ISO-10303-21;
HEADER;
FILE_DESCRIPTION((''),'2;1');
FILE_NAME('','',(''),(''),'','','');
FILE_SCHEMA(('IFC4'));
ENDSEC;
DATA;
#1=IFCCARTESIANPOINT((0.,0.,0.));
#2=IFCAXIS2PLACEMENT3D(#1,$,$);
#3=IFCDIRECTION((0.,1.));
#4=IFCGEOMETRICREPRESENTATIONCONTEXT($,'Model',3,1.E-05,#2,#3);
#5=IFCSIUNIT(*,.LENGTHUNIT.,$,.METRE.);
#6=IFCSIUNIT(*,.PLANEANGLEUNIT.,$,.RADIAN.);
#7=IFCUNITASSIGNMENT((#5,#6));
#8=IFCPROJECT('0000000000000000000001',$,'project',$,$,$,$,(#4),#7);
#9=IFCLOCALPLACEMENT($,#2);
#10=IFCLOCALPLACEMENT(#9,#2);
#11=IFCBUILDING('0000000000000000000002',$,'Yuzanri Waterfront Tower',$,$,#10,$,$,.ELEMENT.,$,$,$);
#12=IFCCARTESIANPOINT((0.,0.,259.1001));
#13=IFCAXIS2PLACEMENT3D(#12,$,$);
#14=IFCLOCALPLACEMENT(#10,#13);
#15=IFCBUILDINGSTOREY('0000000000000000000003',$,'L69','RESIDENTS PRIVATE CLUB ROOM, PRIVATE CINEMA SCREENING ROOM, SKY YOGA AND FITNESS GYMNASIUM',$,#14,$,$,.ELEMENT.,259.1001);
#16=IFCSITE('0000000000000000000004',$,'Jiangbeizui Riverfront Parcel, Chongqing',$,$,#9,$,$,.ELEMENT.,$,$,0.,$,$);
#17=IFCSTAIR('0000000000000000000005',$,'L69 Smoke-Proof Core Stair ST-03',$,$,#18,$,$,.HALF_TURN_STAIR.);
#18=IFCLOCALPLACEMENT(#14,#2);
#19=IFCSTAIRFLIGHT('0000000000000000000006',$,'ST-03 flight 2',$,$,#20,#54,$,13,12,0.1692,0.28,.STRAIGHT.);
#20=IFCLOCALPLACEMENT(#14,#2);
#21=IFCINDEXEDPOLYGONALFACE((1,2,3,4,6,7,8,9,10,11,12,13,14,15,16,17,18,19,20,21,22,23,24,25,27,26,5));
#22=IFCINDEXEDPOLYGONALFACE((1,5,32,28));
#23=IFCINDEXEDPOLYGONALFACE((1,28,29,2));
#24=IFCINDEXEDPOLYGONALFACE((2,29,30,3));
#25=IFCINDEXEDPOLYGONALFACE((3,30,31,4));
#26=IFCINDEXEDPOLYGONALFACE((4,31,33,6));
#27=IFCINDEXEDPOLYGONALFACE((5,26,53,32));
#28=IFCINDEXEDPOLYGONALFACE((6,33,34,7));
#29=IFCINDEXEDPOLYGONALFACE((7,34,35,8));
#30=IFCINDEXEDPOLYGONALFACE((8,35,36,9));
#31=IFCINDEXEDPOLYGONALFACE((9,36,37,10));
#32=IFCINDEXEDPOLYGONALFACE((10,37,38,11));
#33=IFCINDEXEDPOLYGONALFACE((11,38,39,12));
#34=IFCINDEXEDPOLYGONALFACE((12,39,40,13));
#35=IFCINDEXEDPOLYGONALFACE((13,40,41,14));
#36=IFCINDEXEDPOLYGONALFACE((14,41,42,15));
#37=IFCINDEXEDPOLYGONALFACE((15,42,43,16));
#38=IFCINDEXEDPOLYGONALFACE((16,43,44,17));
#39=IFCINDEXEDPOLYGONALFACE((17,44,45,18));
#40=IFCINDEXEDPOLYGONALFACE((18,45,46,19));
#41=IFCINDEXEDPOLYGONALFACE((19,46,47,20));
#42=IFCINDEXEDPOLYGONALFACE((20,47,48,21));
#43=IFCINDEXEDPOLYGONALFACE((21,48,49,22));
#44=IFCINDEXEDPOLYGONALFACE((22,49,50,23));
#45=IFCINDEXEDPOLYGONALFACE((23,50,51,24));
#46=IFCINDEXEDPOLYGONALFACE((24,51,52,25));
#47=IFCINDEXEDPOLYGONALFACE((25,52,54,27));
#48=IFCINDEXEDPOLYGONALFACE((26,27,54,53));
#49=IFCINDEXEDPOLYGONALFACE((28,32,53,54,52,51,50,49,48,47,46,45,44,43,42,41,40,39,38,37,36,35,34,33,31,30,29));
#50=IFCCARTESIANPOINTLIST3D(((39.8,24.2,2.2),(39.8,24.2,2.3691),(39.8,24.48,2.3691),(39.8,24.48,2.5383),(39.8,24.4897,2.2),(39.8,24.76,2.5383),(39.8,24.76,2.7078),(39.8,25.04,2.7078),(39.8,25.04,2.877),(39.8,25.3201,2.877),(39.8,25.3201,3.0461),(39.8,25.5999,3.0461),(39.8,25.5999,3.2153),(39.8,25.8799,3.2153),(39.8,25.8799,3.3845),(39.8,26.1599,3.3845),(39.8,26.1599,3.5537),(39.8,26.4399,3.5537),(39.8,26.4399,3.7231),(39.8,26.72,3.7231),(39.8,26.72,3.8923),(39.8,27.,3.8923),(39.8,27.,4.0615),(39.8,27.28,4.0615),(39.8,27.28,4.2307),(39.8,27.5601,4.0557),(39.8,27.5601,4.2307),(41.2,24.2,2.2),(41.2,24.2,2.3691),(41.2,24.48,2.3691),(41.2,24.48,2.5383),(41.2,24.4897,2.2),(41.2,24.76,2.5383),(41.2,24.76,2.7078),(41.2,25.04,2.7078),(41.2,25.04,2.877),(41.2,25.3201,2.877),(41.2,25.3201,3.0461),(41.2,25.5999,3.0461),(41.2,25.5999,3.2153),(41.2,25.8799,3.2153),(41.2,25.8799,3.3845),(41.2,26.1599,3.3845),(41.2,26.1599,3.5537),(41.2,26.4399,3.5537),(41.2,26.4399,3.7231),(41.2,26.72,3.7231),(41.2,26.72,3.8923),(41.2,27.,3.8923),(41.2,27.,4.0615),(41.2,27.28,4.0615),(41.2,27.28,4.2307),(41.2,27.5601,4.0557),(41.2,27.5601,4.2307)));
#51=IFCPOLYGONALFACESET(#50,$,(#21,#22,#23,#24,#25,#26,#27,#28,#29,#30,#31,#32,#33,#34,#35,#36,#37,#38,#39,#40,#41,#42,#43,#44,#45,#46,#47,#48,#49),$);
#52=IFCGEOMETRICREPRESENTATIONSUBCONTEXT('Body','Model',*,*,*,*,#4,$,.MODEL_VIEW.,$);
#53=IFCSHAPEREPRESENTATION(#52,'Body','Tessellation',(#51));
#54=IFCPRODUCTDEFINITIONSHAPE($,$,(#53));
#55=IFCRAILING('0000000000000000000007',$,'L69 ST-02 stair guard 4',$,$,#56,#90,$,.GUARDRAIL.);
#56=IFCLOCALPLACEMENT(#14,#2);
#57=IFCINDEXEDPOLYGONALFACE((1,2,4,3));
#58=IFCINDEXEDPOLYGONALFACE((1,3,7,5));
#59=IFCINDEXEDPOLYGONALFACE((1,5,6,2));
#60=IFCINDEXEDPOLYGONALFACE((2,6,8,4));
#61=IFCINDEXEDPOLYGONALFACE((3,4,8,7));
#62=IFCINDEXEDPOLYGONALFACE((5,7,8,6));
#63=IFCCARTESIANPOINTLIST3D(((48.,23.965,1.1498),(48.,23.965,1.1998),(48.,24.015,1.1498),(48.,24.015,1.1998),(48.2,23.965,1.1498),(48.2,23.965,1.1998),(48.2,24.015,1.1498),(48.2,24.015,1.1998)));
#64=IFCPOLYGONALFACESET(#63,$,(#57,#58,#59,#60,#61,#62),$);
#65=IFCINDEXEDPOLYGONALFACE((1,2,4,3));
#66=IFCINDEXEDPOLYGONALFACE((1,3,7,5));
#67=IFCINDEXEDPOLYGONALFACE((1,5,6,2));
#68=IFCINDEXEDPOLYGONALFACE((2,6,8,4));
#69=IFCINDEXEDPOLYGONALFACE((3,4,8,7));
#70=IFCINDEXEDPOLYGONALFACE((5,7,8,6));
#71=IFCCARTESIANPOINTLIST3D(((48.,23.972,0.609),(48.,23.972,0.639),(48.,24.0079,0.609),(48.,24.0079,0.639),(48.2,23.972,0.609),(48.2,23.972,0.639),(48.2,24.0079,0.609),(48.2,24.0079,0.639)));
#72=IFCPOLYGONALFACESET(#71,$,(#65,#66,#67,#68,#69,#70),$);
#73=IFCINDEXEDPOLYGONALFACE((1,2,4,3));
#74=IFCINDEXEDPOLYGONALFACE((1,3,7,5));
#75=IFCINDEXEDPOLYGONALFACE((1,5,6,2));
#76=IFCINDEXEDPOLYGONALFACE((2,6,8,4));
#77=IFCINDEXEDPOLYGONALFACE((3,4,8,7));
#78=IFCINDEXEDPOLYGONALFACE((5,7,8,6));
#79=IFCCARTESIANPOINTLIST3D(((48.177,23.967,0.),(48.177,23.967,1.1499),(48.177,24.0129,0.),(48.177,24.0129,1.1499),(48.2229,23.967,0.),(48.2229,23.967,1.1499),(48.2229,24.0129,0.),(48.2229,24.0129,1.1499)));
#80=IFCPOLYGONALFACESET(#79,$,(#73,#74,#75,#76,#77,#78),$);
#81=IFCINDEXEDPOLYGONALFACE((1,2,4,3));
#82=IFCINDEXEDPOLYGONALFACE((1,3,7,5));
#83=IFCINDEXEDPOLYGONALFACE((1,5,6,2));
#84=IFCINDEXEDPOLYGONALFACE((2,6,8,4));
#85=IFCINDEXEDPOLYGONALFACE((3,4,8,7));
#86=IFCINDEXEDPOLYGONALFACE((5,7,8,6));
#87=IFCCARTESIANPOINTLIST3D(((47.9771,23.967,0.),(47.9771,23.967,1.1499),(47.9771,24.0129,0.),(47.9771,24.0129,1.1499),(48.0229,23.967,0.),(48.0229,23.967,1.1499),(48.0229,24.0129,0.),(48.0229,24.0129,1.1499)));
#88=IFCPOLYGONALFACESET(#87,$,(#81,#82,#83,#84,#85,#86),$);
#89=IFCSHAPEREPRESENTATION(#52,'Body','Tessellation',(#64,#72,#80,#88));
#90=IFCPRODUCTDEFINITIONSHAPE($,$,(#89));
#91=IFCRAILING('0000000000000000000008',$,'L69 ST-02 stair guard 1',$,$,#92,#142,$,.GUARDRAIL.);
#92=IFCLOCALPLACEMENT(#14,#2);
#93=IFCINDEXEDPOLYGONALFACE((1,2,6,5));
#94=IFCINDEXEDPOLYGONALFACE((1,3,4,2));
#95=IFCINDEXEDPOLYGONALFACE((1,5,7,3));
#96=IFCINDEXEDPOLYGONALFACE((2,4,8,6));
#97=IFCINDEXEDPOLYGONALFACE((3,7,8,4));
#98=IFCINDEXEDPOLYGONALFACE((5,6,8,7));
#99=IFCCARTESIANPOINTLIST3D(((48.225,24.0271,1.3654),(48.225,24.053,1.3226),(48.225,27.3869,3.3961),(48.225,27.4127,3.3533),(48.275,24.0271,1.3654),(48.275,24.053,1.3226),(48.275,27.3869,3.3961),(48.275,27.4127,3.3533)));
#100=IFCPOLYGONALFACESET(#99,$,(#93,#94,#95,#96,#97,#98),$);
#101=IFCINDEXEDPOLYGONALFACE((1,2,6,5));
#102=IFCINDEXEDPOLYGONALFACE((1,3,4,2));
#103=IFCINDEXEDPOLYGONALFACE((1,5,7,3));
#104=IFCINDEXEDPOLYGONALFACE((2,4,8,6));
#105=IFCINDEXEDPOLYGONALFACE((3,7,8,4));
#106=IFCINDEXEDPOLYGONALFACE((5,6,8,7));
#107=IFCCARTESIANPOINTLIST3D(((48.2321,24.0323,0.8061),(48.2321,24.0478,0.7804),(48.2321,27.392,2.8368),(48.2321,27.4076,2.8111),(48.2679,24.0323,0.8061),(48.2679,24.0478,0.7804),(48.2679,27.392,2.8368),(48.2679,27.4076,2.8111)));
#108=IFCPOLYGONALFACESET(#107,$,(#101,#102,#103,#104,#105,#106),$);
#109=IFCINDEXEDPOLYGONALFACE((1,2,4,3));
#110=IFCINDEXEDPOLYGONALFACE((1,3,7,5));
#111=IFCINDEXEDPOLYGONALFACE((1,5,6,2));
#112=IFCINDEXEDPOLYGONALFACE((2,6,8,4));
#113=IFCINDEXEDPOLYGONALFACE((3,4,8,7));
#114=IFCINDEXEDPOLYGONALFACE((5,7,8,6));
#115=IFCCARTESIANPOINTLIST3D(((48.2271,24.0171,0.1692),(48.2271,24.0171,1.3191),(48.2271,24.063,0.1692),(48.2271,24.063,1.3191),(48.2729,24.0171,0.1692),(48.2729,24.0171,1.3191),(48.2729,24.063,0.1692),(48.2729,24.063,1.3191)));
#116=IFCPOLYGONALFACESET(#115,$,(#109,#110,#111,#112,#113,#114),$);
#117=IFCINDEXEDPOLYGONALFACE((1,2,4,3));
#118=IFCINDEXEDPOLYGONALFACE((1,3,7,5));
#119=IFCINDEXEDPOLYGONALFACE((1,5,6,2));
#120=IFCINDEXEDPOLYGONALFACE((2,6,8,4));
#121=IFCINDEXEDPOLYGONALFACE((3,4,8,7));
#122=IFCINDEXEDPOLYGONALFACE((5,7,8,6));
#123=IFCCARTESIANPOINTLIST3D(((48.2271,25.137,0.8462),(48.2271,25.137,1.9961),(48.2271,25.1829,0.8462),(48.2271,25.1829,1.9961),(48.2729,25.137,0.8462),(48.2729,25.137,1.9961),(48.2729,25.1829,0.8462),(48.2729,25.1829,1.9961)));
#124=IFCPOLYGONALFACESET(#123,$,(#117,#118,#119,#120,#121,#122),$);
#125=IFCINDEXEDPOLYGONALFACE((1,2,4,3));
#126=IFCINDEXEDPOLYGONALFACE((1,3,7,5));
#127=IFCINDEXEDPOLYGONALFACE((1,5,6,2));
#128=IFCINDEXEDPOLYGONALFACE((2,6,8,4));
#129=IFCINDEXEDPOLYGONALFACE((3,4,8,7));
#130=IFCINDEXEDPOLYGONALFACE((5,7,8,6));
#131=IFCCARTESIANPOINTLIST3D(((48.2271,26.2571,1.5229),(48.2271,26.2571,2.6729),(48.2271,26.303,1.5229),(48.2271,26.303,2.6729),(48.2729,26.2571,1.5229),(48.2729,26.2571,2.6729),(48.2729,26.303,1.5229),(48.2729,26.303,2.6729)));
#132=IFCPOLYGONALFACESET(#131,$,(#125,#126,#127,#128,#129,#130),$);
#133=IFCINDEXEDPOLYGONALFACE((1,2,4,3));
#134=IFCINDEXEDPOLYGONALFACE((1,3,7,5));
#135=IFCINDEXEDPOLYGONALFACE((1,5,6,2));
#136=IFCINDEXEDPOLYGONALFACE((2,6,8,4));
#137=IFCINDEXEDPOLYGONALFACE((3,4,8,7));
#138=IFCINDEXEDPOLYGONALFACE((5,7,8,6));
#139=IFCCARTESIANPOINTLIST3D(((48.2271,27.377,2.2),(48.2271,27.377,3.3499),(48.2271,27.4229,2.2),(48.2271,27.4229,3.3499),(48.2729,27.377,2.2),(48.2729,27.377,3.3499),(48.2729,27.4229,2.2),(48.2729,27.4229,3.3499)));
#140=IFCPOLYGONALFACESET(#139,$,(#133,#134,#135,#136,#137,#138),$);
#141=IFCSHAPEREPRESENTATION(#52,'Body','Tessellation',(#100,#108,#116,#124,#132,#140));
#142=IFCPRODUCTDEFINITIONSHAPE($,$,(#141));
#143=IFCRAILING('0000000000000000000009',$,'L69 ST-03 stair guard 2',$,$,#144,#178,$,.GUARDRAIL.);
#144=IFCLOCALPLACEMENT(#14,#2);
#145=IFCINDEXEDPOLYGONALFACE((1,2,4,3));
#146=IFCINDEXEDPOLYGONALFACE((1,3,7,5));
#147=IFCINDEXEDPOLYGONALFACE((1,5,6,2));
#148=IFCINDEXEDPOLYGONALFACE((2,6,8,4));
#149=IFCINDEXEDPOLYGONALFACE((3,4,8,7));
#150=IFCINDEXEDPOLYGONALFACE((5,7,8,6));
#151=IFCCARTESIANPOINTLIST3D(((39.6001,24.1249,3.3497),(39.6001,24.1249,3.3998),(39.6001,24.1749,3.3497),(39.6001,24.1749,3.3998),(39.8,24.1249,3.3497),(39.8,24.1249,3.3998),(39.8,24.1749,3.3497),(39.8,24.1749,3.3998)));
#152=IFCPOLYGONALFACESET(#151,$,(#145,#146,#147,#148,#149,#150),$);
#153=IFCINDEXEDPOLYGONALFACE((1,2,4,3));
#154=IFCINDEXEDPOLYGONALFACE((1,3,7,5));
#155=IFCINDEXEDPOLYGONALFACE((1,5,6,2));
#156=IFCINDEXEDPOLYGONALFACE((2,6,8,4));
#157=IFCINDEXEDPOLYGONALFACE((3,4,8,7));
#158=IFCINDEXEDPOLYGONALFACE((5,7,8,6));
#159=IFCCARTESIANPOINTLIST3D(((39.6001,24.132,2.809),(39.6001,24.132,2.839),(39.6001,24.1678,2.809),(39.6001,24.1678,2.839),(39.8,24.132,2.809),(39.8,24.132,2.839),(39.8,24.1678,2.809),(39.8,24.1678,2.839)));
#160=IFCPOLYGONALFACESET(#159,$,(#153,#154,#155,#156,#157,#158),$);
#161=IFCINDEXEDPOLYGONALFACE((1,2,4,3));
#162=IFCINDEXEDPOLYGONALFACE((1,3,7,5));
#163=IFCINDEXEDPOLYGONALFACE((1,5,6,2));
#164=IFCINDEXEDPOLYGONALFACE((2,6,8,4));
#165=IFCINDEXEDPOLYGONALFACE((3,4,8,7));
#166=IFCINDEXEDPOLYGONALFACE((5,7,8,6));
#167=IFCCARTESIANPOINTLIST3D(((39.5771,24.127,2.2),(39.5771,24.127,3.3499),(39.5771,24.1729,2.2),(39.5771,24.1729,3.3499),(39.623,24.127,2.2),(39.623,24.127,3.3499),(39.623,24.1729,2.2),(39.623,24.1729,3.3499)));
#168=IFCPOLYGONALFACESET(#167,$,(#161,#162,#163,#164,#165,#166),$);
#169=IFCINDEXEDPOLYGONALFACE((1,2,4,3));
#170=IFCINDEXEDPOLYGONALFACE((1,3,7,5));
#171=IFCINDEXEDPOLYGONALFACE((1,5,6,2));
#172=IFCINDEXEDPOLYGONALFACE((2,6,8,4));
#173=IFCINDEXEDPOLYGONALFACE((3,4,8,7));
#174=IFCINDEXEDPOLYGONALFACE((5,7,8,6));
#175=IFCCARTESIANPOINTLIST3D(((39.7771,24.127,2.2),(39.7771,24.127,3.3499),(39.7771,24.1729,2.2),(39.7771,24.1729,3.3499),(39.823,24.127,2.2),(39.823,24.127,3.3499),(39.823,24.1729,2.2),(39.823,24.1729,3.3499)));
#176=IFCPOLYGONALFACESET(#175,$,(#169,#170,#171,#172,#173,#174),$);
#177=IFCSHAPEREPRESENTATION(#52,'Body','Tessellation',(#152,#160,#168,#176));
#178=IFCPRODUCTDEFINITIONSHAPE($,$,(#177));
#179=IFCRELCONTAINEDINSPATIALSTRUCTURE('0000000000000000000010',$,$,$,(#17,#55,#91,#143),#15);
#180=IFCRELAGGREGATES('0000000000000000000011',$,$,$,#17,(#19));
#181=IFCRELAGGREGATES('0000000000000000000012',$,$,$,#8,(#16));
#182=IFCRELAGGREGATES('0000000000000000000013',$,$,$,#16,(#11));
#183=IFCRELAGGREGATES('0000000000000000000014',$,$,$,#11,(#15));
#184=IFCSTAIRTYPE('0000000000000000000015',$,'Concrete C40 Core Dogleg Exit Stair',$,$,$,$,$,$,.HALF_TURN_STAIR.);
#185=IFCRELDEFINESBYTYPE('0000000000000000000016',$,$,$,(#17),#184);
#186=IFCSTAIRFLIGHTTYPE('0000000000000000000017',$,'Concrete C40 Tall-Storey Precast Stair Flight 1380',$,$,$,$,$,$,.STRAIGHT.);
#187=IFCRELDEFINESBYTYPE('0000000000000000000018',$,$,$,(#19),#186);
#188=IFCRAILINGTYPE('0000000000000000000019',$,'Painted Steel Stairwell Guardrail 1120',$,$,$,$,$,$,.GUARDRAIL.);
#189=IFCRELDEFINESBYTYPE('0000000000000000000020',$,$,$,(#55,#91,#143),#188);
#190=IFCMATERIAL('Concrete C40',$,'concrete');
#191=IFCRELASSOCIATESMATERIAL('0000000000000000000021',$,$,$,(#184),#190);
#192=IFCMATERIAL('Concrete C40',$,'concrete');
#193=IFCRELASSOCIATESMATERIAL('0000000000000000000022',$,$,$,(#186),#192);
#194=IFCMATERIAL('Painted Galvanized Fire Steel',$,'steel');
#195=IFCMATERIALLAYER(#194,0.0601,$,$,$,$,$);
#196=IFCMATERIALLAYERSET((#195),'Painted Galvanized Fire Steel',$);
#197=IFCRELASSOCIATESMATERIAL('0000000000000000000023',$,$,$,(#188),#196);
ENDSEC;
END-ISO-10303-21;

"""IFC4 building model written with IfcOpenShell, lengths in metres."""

from ifc_helpers import new_model, si_unit, direction, frame, origin, origin_2d, place, context, subcontext, project, spatial, polyline, rectangle, outline, extrude, source, transform, mapped, material, layer, layer_set, type_object, element, aggregate, save


model = new_model("IFC4")

# Units and contexts
model_context = context("Model", 3, precision=1e-05, world=origin(), true_north=direction((0.0, 1.0)))
body_context = subcontext(model_context, "Body", "Model", "MODEL_VIEW")
ifc_project = project(units=[si_unit("LENGTHUNIT", "METRE"), si_unit("PLANEANGLEUNIT", "RADIAN")], contexts=[model_context])

# Site, building, storey
site_placement = place(None, origin())
site = spatial("IfcSite", under=ifc_project, at=site_placement, Name="Jiangbeizui Riverfront Parcel, Chongqing", CompositionType="ELEMENT", RefElevation=0.0)
building_placement = place(site_placement, origin())
building = spatial("IfcBuilding", under=site, at=building_placement, Name="Yuzanri Waterfront Tower", CompositionType="ELEMENT")
storey_placement = place(building_placement, frame((0.0, 0.0, 259.1001)))
storey = spatial("IfcBuildingStorey", under=building, at=storey_placement, Name="L69", Description="RESIDENTS PRIVATE CLUB ROOM, PRIVATE CINEMA SCREENING ROOM, SKY YOGA AND FITNESS GYMNASIUM", CompositionType="ELEMENT", Elevation=259.1001)

# Stair, stair flight
ifc_material_1 = material(Name="Concrete C40", Category="concrete")
stair_type = type_object("IfcStairType", Name="Concrete C40 Core Dogleg Exit Stair", PredefinedType="HALF_TURN_STAIR", material=ifc_material_1)
stair_placement = place(storey_placement, origin())
stair = element("IfcStair", 1, at=stair_placement, inside=storey, type_object=stair_type, Name="L69 Smoke-Proof Core Stair ST-03", PredefinedType="HALF_TURN_STAIR")
ifc_material_2 = material(Name="Concrete C40", Category="concrete")
stair_flight_type = type_object("IfcStairFlightType", Name="Concrete C40 Tall-Storey Precast Stair Flight 1380", PredefinedType="STRAIGHT", material=ifc_material_2)
shared_shape_1 = source(origin(), body_context, "Body", "SweptSolid", [
    extrude(outline(polyline([(0.0, 0.0), (0.0, 0.1692), (0.28, 0.1692), (0.28, 0.3384), (0.5601, 0.3384), (0.5601, 0.5078), (0.8401, 0.5078), (0.8401, 0.677), (1.1201, 0.677), (1.1201, 0.8462), (1.3999, 0.8462), (1.3999, 1.0154), (1.6799, 1.0154), (1.6799, 1.1846), (1.96, 1.1846), (1.96, 1.3538), (2.24, 1.3538), (2.24, 1.5232), (2.52, 1.5232), (2.52, 1.6924), (2.8, 1.6924), (2.8, 1.8616), (3.0801, 1.8616), (3.0801, 2.0308), (3.3601, 2.0308), (3.3601, 2.2), (3.3601, 1.8557), (0.2898, 0.0), (0.0, 0.0)])), frame((0.0, 0.7, 0.0), z_axis=(0.0, -1.0, 0.0), x_axis=(1.0, 0.0, 0.0)), (0.0, 0.0, 1.0), 1.3999),
])
stair_flight_placement = place(storey_placement, frame((40.5, 24.2, 2.2), z_axis=(0.0, 0.0, 1.0), x_axis=(0.0, 1.0, 0.0)))
stair_flight = element("IfcStairFlight", 2, at=stair_flight_placement, type_object=stair_flight_type, Name="ST-03 flight 2", NumberOfRisers=13, NumberOfTreads=12, PredefinedType="STRAIGHT", RiserHeight=0.1692, TreadLength=0.28, context=body_context, shape_type="MappedRepresentation", body=[
    mapped(shared_shape_1, transform((0.0, 0.0, 0.0), scale=1.0)),
])
aggregate(stair, [stair_flight])

# Railings
ifc_material_3 = material(Name="Painted Galvanized Fire Steel", Category="steel")
ifc_layer_1 = layer(ifc_material_3, 0.0601)
ifc_layer_set_1 = layer_set([ifc_layer_1], Name="Painted Galvanized Fire Steel")
railing_type_1 = type_object("IfcRailingType", Name="Painted Steel Stairwell Guardrail 1120", PredefinedType="GUARDRAIL", material=ifc_layer_set_1)
shared_shape_2 = source(origin(), body_context, "Body", "SweptSolid", [
    extrude(rectangle(XDim=0.05, YDim=0.05, at=origin_2d()), frame((0.0, 0.0, 1.1748), z_axis=(-1.0, 0.0, 0.0), x_axis=(0.0, -1.0, 0.0)), (0.0, 0.0, 1.0), 0.2),
    extrude(rectangle(XDim=0.0359, YDim=0.03, at=origin_2d()), frame((0.0, 0.0, 0.624), z_axis=(-1.0, 0.0, 0.0), x_axis=(0.0, -1.0, 0.0)), (0.0, 0.0, 1.0), 0.2),
    extrude(rectangle(XDim=0.0459, YDim=0.0459, at=origin_2d()), origin(), (0.0, 0.0, 1.0), 1.1499),
    extrude(rectangle(XDim=0.0459, YDim=0.0459, at=origin_2d()), frame((-0.2, 0.0, 0.0)), (0.0, 0.0, 1.0), 1.1499),
])
railing_1_placement = place(storey_placement, frame((48.2, 23.99, 0.0)))
element("IfcRailing", 3, at=railing_1_placement, inside=storey, type_object=railing_type_1, Name="L69 ST-02 stair guard 4", PredefinedType="GUARDRAIL", context=body_context, shape_type="MappedRepresentation", body=[
    mapped(shared_shape_2, transform((0.0, 0.0, 0.0), scale=1.0)),
])
shared_shape_3 = source(origin(), body_context, "Body", "SweptSolid", [
    extrude(rectangle(XDim=0.05, YDim=0.05, at=origin_2d()), frame((0.0, 0.0, 1.1748), z_axis=(0.0, 0.85582, 0.517273), x_axis=(-1.0, 0.0, 0.0)), (0.0, 0.0, 1.0), 3.9258),
    extrude(rectangle(XDim=0.0359, YDim=0.03, at=origin_2d()), frame((0.0, 0.0, 0.624), z_axis=(0.0, 0.85582, 0.517273), x_axis=(-1.0, 0.0, 0.0)), (0.0, 0.0, 1.0), 3.9258),
    extrude(rectangle(XDim=0.0459, YDim=0.0459, at=origin_2d()), origin(), (0.0, 0.0, 1.0), 1.1499),
    extrude(rectangle(XDim=0.0459, YDim=0.0459, at=origin_2d()), frame((0.0, 1.1199, 0.677)), (0.0, 0.0, 1.0), 1.1499),
    extrude(rectangle(XDim=0.0459, YDim=0.0459, at=origin_2d()), frame((0.0, 2.24, 1.3538)), (0.0, 0.0, 1.0), 1.1499),
    extrude(rectangle(XDim=0.0459, YDim=0.0459, at=origin_2d()), frame((0.0, 3.3599, 2.0308)), (0.0, 0.0, 1.0), 1.1499),
])
railing_2_placement = place(storey_placement, frame((48.25, 24.04, 0.1692)))
element("IfcRailing", 4, at=railing_2_placement, inside=storey, type_object=railing_type_1, Name="L69 ST-02 stair guard 1", PredefinedType="GUARDRAIL", context=body_context, shape_type="MappedRepresentation", body=[
    mapped(shared_shape_3, transform((0.0, 0.0, 0.0), scale=1.0)),
])
shared_shape_4 = source(origin(), body_context, "Body", "SweptSolid", [
    extrude(rectangle(XDim=0.05, YDim=0.05, at=origin_2d()), frame((0.0, 0.0, 1.1748), z_axis=(1.0, 0.0, 0.0), x_axis=(0.0, 1.0, 0.0)), (0.0, 0.0, 1.0), 0.2),
    extrude(rectangle(XDim=0.0359, YDim=0.03, at=origin_2d()), frame((0.0, 0.0, 0.624), z_axis=(1.0, 0.0, 0.0), x_axis=(0.0, 1.0, 0.0)), (0.0, 0.0, 1.0), 0.2),
    extrude(rectangle(XDim=0.0459, YDim=0.0459, at=origin_2d()), origin(), (0.0, 0.0, 1.0), 1.1499),
    extrude(rectangle(XDim=0.0459, YDim=0.0459, at=origin_2d()), frame((0.2, 0.0, 0.0)), (0.0, 0.0, 1.0), 1.1499),
])
railing_3_placement = place(storey_placement, frame((39.6001, 24.1499, 2.2)))
element("IfcRailing", 5, at=railing_3_placement, inside=storey, type_object=railing_type_1, Name="L69 ST-03 stair guard 2", PredefinedType="GUARDRAIL", context=body_context, shape_type="MappedRepresentation", body=[
    mapped(shared_shape_4, transform((0.0, 0.0, 0.0), scale=1.0)),
])

save(model, "model.ifc")
